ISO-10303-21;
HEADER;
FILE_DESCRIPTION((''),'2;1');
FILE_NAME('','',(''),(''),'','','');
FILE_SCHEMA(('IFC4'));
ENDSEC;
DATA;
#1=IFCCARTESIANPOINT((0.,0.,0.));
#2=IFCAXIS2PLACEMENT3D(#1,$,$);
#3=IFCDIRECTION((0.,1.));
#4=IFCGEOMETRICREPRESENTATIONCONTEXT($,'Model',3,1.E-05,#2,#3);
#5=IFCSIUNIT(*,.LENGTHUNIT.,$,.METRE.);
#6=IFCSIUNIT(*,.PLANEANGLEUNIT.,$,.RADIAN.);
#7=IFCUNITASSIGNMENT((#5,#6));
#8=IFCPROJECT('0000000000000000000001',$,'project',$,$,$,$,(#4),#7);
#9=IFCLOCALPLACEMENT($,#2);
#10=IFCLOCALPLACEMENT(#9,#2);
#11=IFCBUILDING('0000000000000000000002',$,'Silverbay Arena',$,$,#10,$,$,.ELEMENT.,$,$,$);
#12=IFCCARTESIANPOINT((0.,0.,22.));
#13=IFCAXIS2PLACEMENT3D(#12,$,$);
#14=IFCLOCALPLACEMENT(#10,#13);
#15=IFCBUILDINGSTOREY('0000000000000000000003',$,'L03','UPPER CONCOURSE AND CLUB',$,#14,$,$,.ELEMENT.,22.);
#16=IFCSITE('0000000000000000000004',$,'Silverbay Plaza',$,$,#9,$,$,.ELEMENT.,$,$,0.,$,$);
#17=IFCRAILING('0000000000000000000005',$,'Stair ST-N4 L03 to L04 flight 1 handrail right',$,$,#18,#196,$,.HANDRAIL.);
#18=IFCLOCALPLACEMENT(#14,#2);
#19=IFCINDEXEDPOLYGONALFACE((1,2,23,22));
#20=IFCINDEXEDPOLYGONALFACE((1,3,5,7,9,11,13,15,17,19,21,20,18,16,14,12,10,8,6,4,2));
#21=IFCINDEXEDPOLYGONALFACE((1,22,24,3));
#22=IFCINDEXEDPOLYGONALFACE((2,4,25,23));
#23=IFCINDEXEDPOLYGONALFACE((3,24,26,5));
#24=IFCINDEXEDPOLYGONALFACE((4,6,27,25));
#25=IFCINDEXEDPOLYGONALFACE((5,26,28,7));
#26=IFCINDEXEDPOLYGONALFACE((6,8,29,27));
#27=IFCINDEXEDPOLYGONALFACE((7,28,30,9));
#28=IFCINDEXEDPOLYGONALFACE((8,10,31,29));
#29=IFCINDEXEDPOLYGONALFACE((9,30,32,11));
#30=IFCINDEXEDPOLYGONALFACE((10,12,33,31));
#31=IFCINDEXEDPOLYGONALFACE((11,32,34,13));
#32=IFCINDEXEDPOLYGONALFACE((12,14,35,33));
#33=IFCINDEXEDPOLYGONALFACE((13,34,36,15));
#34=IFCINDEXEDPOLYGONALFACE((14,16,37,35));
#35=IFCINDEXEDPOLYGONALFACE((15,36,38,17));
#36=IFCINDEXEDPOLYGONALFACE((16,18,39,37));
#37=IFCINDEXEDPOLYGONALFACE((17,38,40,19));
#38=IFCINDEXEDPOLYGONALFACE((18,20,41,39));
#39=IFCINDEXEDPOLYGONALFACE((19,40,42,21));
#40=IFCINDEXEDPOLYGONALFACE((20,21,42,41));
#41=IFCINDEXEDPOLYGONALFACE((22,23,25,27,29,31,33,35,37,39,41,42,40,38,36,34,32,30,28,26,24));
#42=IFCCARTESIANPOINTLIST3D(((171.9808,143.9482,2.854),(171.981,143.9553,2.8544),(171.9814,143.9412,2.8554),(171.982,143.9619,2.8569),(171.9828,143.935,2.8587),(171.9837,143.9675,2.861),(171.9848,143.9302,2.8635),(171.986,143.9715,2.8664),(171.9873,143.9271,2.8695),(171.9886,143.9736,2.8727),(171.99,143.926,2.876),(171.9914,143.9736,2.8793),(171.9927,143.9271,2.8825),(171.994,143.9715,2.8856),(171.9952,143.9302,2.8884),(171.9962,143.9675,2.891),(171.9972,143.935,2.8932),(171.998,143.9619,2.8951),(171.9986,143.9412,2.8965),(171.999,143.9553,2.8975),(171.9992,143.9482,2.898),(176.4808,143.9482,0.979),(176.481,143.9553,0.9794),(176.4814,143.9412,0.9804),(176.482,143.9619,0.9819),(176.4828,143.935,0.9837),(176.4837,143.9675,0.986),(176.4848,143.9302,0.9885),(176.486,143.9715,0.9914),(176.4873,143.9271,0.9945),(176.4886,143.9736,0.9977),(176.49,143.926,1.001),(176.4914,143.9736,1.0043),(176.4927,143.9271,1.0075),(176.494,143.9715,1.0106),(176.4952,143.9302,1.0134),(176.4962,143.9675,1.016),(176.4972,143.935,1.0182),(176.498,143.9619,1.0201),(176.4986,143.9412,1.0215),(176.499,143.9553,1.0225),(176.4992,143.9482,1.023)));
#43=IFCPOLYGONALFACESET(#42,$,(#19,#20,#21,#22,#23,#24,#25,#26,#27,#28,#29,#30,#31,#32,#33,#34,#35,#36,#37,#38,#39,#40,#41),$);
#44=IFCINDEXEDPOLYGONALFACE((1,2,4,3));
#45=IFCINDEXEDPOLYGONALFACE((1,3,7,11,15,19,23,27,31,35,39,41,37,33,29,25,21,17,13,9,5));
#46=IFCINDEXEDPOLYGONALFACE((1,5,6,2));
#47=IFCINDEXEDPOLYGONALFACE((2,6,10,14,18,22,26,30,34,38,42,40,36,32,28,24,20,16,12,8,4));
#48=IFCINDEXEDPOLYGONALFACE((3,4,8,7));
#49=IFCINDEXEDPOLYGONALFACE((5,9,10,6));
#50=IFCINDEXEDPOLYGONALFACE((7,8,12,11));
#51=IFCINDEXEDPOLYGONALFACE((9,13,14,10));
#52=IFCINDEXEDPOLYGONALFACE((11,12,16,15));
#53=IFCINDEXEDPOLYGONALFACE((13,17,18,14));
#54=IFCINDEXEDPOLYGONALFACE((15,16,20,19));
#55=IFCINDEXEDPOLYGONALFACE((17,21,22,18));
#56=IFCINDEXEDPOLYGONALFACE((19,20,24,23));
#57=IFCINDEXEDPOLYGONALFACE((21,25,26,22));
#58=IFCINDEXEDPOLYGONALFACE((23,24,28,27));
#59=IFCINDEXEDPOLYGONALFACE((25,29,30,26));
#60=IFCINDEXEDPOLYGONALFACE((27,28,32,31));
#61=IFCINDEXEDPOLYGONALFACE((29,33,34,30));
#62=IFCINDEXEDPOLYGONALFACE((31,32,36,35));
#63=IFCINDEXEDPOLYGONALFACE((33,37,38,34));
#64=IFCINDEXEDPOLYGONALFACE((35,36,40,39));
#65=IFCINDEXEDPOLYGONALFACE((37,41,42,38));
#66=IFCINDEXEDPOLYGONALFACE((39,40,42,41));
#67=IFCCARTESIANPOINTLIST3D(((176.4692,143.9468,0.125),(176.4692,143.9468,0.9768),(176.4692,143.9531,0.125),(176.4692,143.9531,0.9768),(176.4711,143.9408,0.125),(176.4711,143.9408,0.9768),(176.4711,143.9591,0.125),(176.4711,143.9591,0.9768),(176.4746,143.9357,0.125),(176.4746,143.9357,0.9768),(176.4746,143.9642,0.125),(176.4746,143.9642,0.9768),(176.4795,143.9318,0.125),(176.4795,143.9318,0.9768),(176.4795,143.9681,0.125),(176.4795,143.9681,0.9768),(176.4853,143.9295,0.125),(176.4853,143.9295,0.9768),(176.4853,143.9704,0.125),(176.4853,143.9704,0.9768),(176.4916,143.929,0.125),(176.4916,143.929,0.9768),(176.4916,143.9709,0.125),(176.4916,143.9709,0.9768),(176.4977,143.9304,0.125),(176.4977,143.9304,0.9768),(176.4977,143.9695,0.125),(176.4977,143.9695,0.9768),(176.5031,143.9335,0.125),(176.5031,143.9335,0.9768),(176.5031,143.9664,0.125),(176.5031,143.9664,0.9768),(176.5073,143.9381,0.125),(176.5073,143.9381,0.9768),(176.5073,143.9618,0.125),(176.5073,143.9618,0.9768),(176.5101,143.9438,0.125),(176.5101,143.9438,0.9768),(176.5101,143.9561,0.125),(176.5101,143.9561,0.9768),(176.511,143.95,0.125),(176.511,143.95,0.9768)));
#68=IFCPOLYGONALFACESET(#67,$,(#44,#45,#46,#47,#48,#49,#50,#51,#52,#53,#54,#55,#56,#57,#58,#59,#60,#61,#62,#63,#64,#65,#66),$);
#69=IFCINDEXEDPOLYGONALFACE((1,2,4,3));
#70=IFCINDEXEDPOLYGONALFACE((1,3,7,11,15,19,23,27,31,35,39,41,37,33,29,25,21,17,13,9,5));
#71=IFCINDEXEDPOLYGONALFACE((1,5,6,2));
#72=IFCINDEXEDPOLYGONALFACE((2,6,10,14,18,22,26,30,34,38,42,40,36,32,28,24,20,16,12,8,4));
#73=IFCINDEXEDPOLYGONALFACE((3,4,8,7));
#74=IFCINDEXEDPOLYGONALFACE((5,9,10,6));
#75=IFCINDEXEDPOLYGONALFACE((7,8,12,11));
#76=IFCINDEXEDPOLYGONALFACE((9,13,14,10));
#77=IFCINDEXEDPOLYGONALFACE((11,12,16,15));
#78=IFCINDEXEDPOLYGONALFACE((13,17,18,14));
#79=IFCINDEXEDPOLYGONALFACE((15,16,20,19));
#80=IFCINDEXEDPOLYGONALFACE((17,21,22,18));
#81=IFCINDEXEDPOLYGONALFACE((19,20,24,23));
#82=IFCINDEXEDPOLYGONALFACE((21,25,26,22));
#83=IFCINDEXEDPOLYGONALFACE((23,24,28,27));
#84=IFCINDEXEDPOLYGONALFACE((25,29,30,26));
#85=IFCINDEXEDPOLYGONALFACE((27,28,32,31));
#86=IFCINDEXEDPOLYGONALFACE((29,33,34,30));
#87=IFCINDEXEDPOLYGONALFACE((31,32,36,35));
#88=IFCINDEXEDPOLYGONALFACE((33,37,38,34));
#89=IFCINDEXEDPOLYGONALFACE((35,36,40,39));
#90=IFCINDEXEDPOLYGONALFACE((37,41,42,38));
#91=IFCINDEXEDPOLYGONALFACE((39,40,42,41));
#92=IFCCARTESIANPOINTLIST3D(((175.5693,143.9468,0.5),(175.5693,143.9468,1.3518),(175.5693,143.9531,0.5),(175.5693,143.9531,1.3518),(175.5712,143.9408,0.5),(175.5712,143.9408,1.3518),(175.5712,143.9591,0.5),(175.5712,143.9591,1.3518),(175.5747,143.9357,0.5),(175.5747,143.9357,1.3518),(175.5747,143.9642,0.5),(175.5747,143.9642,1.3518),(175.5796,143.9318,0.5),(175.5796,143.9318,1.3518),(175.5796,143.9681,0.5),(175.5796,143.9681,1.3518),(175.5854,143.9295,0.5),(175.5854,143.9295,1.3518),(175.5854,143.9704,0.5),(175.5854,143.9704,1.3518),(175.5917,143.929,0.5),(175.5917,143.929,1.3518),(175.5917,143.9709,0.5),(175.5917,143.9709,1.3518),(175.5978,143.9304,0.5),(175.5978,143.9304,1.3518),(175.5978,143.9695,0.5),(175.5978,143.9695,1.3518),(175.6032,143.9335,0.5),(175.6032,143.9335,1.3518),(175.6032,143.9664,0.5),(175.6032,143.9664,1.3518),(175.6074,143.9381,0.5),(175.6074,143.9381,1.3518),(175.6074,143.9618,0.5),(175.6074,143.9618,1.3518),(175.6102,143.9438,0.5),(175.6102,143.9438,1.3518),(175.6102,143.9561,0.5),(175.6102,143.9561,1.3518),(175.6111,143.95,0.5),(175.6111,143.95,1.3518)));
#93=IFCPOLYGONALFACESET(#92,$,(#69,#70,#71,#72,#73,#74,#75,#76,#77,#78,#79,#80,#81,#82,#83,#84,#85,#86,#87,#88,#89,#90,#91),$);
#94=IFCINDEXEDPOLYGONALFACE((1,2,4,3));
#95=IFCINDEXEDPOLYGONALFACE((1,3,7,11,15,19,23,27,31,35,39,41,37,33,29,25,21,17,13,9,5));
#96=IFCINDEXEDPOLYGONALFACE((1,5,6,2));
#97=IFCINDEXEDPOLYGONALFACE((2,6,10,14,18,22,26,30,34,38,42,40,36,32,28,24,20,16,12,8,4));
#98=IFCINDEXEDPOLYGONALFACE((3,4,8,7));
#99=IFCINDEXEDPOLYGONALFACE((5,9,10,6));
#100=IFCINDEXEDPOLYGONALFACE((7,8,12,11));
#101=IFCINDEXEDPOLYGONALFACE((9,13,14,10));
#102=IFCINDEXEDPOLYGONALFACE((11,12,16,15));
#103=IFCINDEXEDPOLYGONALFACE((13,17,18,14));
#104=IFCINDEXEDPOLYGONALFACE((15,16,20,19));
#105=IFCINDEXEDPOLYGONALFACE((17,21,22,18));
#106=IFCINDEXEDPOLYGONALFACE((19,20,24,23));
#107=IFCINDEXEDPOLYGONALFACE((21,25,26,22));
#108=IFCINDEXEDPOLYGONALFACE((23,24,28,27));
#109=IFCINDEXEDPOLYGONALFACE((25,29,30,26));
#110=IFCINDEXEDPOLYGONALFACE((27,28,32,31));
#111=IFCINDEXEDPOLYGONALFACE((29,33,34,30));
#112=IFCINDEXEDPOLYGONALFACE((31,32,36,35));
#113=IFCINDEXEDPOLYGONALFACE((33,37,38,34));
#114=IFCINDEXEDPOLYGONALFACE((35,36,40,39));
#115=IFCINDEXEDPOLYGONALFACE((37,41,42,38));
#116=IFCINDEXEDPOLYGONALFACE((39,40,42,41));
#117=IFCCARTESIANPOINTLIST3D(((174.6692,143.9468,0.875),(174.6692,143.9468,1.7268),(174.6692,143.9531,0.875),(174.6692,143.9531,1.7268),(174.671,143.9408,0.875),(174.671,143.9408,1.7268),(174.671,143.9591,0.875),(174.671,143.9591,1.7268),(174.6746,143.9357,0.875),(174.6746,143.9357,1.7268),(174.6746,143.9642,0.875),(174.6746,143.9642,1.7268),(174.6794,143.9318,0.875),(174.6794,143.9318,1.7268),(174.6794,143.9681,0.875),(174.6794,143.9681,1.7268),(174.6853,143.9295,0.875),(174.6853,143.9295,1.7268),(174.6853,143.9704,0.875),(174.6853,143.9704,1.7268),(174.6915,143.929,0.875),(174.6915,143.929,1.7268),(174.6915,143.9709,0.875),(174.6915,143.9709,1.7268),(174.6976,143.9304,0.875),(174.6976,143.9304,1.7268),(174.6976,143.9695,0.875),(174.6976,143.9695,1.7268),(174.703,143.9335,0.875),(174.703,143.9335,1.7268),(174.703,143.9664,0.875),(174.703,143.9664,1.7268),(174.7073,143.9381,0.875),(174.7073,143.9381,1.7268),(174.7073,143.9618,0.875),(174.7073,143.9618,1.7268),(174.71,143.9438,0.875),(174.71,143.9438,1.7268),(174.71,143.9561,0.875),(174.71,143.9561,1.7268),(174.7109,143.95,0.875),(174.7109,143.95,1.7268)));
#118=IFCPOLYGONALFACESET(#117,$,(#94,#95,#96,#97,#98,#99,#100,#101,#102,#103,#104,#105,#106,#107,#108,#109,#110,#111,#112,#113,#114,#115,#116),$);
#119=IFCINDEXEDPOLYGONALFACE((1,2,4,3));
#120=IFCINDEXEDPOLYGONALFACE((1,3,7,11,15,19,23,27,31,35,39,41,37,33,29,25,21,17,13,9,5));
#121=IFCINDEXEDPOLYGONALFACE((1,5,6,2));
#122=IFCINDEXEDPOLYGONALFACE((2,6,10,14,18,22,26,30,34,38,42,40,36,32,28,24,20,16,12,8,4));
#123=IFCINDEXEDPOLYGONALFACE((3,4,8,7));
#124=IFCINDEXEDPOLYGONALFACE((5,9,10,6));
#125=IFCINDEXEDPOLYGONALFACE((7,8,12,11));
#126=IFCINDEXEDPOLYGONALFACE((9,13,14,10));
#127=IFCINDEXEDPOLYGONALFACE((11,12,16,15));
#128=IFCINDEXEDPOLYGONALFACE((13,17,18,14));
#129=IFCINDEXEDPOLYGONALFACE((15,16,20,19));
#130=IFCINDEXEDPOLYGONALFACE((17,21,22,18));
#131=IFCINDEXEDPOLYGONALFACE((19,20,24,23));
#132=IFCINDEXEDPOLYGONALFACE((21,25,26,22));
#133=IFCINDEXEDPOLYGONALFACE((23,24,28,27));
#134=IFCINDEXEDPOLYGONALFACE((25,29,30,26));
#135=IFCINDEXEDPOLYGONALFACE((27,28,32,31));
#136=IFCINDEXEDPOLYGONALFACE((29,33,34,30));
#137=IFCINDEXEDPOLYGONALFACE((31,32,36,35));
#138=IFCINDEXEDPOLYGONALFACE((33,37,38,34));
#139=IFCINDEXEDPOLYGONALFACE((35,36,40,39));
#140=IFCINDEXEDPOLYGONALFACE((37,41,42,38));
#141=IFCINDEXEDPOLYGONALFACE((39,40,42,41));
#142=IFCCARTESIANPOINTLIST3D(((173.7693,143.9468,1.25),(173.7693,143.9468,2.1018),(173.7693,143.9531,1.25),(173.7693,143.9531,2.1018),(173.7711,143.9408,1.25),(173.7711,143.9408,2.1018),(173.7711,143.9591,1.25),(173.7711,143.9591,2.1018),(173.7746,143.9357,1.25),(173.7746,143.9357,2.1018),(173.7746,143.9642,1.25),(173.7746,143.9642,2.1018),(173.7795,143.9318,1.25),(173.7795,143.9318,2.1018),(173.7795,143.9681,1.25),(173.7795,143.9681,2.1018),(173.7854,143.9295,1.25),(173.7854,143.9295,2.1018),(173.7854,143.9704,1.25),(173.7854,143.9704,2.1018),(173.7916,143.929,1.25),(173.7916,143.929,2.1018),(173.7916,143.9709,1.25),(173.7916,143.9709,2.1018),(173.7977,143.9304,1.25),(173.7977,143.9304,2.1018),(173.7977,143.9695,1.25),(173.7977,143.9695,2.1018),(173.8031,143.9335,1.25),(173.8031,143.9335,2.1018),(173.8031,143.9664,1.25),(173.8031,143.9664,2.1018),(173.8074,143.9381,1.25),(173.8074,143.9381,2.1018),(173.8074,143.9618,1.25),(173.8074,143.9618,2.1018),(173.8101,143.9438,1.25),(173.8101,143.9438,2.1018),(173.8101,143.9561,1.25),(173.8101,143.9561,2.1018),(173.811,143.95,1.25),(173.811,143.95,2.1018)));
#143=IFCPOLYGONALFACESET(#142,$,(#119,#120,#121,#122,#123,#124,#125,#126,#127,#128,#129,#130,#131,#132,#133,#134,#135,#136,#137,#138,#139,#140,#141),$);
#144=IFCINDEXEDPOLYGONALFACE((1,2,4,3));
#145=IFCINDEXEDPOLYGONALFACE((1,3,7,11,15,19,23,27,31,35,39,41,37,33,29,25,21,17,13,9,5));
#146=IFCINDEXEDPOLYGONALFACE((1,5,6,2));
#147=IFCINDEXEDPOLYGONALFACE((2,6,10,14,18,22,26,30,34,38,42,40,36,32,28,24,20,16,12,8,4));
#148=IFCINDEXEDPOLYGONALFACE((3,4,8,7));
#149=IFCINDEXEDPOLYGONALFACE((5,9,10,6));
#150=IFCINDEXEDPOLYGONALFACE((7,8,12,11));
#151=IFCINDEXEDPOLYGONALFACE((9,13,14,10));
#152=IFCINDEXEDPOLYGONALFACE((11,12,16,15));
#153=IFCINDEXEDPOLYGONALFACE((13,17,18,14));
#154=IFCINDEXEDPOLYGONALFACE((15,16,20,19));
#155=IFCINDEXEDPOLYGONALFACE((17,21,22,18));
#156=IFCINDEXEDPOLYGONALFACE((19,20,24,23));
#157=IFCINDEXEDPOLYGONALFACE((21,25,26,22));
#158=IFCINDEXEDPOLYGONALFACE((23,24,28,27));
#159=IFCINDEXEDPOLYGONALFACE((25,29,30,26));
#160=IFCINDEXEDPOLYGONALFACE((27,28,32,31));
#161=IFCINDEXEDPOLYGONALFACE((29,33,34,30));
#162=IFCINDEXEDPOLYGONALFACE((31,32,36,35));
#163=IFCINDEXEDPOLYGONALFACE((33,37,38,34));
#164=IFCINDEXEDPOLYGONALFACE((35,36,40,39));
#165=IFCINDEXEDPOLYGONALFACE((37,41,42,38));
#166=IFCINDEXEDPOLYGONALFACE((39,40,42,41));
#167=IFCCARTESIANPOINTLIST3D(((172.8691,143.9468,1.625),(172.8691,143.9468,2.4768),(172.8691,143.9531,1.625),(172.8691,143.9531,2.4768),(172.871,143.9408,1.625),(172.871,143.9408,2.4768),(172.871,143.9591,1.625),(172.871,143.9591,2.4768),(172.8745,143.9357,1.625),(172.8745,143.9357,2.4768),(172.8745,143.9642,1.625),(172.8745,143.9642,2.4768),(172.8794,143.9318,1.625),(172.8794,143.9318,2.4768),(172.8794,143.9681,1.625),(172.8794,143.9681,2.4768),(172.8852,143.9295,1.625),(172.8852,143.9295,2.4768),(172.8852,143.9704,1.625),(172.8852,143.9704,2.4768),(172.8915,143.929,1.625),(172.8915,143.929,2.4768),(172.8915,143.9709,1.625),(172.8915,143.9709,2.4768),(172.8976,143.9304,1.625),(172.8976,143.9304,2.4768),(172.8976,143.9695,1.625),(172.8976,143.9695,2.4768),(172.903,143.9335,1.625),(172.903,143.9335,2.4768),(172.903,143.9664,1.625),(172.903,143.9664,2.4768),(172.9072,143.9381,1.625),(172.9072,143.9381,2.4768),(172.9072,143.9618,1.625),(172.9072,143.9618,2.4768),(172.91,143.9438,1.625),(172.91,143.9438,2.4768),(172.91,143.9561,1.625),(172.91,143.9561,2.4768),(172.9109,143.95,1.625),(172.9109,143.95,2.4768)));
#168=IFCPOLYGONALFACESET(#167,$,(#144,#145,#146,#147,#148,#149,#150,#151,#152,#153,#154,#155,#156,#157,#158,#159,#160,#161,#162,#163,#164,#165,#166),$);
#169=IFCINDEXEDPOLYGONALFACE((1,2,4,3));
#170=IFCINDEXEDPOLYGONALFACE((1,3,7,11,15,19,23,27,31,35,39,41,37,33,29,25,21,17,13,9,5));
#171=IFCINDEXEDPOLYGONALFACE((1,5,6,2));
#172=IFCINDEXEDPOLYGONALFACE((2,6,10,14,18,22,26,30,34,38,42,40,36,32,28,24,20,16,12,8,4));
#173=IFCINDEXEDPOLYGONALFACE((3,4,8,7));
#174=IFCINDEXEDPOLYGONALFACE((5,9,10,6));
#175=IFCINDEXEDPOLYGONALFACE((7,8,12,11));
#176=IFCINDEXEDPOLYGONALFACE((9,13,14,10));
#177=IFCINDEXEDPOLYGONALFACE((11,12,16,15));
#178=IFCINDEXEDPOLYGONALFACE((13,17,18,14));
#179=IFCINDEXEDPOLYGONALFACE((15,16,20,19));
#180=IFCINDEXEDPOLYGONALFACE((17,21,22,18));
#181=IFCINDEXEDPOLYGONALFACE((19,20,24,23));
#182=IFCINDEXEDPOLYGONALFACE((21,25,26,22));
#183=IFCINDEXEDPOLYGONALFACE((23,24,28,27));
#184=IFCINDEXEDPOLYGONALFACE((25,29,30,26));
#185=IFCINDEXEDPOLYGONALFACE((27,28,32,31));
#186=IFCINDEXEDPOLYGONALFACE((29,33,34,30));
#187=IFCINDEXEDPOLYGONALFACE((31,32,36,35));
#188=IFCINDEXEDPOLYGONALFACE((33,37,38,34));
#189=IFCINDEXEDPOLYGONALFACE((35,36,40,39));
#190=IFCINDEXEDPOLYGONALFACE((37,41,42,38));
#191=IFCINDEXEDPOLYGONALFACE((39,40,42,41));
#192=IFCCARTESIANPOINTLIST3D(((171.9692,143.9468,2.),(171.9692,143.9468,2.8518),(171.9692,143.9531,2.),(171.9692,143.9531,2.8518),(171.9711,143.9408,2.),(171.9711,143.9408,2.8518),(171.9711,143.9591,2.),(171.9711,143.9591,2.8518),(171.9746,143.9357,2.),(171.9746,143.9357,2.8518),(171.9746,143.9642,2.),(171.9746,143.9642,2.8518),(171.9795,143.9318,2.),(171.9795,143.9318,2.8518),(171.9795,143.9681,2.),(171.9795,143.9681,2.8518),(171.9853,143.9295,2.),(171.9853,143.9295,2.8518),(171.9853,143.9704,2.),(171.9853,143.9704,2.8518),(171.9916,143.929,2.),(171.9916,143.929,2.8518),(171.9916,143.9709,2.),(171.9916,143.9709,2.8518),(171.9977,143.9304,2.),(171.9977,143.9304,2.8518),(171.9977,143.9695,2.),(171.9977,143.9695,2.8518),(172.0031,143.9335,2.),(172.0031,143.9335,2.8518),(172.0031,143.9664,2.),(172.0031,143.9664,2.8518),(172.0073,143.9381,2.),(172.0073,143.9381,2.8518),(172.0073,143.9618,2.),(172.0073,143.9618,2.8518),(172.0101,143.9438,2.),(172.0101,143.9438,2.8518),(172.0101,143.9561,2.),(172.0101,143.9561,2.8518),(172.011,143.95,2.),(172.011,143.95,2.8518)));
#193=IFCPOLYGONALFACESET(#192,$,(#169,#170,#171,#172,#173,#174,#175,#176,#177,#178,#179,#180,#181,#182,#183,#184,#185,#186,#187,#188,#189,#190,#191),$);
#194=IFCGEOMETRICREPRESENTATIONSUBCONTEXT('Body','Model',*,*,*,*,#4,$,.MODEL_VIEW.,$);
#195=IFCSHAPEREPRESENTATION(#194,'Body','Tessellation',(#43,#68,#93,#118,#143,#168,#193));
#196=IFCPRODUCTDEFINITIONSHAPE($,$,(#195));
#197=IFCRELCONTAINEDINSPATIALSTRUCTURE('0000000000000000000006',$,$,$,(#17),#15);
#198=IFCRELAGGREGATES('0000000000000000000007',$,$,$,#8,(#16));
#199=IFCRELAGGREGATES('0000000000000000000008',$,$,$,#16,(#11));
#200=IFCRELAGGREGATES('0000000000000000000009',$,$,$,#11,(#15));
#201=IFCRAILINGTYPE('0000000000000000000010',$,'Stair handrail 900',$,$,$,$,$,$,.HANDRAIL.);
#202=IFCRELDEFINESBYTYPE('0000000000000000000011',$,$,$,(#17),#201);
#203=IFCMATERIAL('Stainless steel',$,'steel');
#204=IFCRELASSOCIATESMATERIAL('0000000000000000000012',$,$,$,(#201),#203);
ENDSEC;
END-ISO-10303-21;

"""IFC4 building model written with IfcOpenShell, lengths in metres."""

from ifc_helpers import new_model, si_unit, direction, frame, origin, origin_2d, place, context, subcontext, project, spatial, circle, extrude, material, type_object, element, save


model = new_model("IFC4")

# Units and contexts
model_context = context("Model", 3, precision=1e-05, world=origin(), true_north=direction((0.0, 1.0)))
body_context = subcontext(model_context, "Body", "Model", "MODEL_VIEW")
ifc_project = project(units=[si_unit("LENGTHUNIT", "METRE"), si_unit("PLANEANGLEUNIT", "RADIAN")], contexts=[model_context])

# Site, building, storey
site_placement = place(None, origin())
site = spatial("IfcSite", under=ifc_project, at=site_placement, Name="Silverbay Plaza", CompositionType="ELEMENT", RefElevation=0.0)
building_placement = place(site_placement, origin())
building = spatial("IfcBuilding", under=site, at=building_placement, Name="Silverbay Arena", CompositionType="ELEMENT")
storey_placement = place(building_placement, frame((0.0, 0.0, 22.0)))
storey = spatial("IfcBuildingStorey", under=building, at=storey_placement, Name="L03", Description="UPPER CONCOURSE AND CLUB", CompositionType="ELEMENT", Elevation=22.0)

# Railing
ifc_material_1 = material(Name="Stainless steel", Category="steel")
railing_type_1 = type_object("IfcRailingType", Name="Stair handrail 900", PredefinedType="HANDRAIL", material=ifc_material_1)
for number, where, name in (
    (1, (176.49, 143.95, 0.125), "Stair ST-N4 L03 to L04 flight 1 handrail right"),
):
    element("IfcRailing", number, at=place(storey_placement, frame(where)), inside=storey, type_object=railing_type_1, Name=name, PredefinedType="HANDRAIL", context=body_context, shape_type="SweptSolid", body=[
        extrude(circle(Radius=0.0239, at=origin_2d()), frame((0.0, 0.0, 0.876), z_axis=(-0.923077, 0.0, 0.384615), x_axis=(0.0, -1.0, 0.0)), (0.0, 0.0, 1.0), 4.875),
        extrude(circle(Radius=0.021, at=origin_2d()), origin(), (0.0, 0.0, 1.0), 0.8518),
        extrude(circle(Radius=0.021, at=origin_2d()), frame((-0.8999, 0.0, 0.375)), (0.0, 0.0, 1.0), 0.8518),
        extrude(circle(Radius=0.021, at=origin_2d()), frame((-1.8, 0.0, 0.75)), (0.0, 0.0, 1.0), 0.8518),
        extrude(circle(Radius=0.021, at=origin_2d()), frame((-2.7, 0.0, 1.125)), (0.0, 0.0, 1.0), 0.8518),
        extrude(circle(Radius=0.021, at=origin_2d()), frame((-3.6001, 0.0, 1.5)), (0.0, 0.0, 1.0), 0.8518),
        extrude(circle(Radius=0.021, at=origin_2d()), frame((-4.5, 0.0, 1.875)), (0.0, 0.0, 1.0), 0.8518),
    ])

save(model, "model.ifc")
